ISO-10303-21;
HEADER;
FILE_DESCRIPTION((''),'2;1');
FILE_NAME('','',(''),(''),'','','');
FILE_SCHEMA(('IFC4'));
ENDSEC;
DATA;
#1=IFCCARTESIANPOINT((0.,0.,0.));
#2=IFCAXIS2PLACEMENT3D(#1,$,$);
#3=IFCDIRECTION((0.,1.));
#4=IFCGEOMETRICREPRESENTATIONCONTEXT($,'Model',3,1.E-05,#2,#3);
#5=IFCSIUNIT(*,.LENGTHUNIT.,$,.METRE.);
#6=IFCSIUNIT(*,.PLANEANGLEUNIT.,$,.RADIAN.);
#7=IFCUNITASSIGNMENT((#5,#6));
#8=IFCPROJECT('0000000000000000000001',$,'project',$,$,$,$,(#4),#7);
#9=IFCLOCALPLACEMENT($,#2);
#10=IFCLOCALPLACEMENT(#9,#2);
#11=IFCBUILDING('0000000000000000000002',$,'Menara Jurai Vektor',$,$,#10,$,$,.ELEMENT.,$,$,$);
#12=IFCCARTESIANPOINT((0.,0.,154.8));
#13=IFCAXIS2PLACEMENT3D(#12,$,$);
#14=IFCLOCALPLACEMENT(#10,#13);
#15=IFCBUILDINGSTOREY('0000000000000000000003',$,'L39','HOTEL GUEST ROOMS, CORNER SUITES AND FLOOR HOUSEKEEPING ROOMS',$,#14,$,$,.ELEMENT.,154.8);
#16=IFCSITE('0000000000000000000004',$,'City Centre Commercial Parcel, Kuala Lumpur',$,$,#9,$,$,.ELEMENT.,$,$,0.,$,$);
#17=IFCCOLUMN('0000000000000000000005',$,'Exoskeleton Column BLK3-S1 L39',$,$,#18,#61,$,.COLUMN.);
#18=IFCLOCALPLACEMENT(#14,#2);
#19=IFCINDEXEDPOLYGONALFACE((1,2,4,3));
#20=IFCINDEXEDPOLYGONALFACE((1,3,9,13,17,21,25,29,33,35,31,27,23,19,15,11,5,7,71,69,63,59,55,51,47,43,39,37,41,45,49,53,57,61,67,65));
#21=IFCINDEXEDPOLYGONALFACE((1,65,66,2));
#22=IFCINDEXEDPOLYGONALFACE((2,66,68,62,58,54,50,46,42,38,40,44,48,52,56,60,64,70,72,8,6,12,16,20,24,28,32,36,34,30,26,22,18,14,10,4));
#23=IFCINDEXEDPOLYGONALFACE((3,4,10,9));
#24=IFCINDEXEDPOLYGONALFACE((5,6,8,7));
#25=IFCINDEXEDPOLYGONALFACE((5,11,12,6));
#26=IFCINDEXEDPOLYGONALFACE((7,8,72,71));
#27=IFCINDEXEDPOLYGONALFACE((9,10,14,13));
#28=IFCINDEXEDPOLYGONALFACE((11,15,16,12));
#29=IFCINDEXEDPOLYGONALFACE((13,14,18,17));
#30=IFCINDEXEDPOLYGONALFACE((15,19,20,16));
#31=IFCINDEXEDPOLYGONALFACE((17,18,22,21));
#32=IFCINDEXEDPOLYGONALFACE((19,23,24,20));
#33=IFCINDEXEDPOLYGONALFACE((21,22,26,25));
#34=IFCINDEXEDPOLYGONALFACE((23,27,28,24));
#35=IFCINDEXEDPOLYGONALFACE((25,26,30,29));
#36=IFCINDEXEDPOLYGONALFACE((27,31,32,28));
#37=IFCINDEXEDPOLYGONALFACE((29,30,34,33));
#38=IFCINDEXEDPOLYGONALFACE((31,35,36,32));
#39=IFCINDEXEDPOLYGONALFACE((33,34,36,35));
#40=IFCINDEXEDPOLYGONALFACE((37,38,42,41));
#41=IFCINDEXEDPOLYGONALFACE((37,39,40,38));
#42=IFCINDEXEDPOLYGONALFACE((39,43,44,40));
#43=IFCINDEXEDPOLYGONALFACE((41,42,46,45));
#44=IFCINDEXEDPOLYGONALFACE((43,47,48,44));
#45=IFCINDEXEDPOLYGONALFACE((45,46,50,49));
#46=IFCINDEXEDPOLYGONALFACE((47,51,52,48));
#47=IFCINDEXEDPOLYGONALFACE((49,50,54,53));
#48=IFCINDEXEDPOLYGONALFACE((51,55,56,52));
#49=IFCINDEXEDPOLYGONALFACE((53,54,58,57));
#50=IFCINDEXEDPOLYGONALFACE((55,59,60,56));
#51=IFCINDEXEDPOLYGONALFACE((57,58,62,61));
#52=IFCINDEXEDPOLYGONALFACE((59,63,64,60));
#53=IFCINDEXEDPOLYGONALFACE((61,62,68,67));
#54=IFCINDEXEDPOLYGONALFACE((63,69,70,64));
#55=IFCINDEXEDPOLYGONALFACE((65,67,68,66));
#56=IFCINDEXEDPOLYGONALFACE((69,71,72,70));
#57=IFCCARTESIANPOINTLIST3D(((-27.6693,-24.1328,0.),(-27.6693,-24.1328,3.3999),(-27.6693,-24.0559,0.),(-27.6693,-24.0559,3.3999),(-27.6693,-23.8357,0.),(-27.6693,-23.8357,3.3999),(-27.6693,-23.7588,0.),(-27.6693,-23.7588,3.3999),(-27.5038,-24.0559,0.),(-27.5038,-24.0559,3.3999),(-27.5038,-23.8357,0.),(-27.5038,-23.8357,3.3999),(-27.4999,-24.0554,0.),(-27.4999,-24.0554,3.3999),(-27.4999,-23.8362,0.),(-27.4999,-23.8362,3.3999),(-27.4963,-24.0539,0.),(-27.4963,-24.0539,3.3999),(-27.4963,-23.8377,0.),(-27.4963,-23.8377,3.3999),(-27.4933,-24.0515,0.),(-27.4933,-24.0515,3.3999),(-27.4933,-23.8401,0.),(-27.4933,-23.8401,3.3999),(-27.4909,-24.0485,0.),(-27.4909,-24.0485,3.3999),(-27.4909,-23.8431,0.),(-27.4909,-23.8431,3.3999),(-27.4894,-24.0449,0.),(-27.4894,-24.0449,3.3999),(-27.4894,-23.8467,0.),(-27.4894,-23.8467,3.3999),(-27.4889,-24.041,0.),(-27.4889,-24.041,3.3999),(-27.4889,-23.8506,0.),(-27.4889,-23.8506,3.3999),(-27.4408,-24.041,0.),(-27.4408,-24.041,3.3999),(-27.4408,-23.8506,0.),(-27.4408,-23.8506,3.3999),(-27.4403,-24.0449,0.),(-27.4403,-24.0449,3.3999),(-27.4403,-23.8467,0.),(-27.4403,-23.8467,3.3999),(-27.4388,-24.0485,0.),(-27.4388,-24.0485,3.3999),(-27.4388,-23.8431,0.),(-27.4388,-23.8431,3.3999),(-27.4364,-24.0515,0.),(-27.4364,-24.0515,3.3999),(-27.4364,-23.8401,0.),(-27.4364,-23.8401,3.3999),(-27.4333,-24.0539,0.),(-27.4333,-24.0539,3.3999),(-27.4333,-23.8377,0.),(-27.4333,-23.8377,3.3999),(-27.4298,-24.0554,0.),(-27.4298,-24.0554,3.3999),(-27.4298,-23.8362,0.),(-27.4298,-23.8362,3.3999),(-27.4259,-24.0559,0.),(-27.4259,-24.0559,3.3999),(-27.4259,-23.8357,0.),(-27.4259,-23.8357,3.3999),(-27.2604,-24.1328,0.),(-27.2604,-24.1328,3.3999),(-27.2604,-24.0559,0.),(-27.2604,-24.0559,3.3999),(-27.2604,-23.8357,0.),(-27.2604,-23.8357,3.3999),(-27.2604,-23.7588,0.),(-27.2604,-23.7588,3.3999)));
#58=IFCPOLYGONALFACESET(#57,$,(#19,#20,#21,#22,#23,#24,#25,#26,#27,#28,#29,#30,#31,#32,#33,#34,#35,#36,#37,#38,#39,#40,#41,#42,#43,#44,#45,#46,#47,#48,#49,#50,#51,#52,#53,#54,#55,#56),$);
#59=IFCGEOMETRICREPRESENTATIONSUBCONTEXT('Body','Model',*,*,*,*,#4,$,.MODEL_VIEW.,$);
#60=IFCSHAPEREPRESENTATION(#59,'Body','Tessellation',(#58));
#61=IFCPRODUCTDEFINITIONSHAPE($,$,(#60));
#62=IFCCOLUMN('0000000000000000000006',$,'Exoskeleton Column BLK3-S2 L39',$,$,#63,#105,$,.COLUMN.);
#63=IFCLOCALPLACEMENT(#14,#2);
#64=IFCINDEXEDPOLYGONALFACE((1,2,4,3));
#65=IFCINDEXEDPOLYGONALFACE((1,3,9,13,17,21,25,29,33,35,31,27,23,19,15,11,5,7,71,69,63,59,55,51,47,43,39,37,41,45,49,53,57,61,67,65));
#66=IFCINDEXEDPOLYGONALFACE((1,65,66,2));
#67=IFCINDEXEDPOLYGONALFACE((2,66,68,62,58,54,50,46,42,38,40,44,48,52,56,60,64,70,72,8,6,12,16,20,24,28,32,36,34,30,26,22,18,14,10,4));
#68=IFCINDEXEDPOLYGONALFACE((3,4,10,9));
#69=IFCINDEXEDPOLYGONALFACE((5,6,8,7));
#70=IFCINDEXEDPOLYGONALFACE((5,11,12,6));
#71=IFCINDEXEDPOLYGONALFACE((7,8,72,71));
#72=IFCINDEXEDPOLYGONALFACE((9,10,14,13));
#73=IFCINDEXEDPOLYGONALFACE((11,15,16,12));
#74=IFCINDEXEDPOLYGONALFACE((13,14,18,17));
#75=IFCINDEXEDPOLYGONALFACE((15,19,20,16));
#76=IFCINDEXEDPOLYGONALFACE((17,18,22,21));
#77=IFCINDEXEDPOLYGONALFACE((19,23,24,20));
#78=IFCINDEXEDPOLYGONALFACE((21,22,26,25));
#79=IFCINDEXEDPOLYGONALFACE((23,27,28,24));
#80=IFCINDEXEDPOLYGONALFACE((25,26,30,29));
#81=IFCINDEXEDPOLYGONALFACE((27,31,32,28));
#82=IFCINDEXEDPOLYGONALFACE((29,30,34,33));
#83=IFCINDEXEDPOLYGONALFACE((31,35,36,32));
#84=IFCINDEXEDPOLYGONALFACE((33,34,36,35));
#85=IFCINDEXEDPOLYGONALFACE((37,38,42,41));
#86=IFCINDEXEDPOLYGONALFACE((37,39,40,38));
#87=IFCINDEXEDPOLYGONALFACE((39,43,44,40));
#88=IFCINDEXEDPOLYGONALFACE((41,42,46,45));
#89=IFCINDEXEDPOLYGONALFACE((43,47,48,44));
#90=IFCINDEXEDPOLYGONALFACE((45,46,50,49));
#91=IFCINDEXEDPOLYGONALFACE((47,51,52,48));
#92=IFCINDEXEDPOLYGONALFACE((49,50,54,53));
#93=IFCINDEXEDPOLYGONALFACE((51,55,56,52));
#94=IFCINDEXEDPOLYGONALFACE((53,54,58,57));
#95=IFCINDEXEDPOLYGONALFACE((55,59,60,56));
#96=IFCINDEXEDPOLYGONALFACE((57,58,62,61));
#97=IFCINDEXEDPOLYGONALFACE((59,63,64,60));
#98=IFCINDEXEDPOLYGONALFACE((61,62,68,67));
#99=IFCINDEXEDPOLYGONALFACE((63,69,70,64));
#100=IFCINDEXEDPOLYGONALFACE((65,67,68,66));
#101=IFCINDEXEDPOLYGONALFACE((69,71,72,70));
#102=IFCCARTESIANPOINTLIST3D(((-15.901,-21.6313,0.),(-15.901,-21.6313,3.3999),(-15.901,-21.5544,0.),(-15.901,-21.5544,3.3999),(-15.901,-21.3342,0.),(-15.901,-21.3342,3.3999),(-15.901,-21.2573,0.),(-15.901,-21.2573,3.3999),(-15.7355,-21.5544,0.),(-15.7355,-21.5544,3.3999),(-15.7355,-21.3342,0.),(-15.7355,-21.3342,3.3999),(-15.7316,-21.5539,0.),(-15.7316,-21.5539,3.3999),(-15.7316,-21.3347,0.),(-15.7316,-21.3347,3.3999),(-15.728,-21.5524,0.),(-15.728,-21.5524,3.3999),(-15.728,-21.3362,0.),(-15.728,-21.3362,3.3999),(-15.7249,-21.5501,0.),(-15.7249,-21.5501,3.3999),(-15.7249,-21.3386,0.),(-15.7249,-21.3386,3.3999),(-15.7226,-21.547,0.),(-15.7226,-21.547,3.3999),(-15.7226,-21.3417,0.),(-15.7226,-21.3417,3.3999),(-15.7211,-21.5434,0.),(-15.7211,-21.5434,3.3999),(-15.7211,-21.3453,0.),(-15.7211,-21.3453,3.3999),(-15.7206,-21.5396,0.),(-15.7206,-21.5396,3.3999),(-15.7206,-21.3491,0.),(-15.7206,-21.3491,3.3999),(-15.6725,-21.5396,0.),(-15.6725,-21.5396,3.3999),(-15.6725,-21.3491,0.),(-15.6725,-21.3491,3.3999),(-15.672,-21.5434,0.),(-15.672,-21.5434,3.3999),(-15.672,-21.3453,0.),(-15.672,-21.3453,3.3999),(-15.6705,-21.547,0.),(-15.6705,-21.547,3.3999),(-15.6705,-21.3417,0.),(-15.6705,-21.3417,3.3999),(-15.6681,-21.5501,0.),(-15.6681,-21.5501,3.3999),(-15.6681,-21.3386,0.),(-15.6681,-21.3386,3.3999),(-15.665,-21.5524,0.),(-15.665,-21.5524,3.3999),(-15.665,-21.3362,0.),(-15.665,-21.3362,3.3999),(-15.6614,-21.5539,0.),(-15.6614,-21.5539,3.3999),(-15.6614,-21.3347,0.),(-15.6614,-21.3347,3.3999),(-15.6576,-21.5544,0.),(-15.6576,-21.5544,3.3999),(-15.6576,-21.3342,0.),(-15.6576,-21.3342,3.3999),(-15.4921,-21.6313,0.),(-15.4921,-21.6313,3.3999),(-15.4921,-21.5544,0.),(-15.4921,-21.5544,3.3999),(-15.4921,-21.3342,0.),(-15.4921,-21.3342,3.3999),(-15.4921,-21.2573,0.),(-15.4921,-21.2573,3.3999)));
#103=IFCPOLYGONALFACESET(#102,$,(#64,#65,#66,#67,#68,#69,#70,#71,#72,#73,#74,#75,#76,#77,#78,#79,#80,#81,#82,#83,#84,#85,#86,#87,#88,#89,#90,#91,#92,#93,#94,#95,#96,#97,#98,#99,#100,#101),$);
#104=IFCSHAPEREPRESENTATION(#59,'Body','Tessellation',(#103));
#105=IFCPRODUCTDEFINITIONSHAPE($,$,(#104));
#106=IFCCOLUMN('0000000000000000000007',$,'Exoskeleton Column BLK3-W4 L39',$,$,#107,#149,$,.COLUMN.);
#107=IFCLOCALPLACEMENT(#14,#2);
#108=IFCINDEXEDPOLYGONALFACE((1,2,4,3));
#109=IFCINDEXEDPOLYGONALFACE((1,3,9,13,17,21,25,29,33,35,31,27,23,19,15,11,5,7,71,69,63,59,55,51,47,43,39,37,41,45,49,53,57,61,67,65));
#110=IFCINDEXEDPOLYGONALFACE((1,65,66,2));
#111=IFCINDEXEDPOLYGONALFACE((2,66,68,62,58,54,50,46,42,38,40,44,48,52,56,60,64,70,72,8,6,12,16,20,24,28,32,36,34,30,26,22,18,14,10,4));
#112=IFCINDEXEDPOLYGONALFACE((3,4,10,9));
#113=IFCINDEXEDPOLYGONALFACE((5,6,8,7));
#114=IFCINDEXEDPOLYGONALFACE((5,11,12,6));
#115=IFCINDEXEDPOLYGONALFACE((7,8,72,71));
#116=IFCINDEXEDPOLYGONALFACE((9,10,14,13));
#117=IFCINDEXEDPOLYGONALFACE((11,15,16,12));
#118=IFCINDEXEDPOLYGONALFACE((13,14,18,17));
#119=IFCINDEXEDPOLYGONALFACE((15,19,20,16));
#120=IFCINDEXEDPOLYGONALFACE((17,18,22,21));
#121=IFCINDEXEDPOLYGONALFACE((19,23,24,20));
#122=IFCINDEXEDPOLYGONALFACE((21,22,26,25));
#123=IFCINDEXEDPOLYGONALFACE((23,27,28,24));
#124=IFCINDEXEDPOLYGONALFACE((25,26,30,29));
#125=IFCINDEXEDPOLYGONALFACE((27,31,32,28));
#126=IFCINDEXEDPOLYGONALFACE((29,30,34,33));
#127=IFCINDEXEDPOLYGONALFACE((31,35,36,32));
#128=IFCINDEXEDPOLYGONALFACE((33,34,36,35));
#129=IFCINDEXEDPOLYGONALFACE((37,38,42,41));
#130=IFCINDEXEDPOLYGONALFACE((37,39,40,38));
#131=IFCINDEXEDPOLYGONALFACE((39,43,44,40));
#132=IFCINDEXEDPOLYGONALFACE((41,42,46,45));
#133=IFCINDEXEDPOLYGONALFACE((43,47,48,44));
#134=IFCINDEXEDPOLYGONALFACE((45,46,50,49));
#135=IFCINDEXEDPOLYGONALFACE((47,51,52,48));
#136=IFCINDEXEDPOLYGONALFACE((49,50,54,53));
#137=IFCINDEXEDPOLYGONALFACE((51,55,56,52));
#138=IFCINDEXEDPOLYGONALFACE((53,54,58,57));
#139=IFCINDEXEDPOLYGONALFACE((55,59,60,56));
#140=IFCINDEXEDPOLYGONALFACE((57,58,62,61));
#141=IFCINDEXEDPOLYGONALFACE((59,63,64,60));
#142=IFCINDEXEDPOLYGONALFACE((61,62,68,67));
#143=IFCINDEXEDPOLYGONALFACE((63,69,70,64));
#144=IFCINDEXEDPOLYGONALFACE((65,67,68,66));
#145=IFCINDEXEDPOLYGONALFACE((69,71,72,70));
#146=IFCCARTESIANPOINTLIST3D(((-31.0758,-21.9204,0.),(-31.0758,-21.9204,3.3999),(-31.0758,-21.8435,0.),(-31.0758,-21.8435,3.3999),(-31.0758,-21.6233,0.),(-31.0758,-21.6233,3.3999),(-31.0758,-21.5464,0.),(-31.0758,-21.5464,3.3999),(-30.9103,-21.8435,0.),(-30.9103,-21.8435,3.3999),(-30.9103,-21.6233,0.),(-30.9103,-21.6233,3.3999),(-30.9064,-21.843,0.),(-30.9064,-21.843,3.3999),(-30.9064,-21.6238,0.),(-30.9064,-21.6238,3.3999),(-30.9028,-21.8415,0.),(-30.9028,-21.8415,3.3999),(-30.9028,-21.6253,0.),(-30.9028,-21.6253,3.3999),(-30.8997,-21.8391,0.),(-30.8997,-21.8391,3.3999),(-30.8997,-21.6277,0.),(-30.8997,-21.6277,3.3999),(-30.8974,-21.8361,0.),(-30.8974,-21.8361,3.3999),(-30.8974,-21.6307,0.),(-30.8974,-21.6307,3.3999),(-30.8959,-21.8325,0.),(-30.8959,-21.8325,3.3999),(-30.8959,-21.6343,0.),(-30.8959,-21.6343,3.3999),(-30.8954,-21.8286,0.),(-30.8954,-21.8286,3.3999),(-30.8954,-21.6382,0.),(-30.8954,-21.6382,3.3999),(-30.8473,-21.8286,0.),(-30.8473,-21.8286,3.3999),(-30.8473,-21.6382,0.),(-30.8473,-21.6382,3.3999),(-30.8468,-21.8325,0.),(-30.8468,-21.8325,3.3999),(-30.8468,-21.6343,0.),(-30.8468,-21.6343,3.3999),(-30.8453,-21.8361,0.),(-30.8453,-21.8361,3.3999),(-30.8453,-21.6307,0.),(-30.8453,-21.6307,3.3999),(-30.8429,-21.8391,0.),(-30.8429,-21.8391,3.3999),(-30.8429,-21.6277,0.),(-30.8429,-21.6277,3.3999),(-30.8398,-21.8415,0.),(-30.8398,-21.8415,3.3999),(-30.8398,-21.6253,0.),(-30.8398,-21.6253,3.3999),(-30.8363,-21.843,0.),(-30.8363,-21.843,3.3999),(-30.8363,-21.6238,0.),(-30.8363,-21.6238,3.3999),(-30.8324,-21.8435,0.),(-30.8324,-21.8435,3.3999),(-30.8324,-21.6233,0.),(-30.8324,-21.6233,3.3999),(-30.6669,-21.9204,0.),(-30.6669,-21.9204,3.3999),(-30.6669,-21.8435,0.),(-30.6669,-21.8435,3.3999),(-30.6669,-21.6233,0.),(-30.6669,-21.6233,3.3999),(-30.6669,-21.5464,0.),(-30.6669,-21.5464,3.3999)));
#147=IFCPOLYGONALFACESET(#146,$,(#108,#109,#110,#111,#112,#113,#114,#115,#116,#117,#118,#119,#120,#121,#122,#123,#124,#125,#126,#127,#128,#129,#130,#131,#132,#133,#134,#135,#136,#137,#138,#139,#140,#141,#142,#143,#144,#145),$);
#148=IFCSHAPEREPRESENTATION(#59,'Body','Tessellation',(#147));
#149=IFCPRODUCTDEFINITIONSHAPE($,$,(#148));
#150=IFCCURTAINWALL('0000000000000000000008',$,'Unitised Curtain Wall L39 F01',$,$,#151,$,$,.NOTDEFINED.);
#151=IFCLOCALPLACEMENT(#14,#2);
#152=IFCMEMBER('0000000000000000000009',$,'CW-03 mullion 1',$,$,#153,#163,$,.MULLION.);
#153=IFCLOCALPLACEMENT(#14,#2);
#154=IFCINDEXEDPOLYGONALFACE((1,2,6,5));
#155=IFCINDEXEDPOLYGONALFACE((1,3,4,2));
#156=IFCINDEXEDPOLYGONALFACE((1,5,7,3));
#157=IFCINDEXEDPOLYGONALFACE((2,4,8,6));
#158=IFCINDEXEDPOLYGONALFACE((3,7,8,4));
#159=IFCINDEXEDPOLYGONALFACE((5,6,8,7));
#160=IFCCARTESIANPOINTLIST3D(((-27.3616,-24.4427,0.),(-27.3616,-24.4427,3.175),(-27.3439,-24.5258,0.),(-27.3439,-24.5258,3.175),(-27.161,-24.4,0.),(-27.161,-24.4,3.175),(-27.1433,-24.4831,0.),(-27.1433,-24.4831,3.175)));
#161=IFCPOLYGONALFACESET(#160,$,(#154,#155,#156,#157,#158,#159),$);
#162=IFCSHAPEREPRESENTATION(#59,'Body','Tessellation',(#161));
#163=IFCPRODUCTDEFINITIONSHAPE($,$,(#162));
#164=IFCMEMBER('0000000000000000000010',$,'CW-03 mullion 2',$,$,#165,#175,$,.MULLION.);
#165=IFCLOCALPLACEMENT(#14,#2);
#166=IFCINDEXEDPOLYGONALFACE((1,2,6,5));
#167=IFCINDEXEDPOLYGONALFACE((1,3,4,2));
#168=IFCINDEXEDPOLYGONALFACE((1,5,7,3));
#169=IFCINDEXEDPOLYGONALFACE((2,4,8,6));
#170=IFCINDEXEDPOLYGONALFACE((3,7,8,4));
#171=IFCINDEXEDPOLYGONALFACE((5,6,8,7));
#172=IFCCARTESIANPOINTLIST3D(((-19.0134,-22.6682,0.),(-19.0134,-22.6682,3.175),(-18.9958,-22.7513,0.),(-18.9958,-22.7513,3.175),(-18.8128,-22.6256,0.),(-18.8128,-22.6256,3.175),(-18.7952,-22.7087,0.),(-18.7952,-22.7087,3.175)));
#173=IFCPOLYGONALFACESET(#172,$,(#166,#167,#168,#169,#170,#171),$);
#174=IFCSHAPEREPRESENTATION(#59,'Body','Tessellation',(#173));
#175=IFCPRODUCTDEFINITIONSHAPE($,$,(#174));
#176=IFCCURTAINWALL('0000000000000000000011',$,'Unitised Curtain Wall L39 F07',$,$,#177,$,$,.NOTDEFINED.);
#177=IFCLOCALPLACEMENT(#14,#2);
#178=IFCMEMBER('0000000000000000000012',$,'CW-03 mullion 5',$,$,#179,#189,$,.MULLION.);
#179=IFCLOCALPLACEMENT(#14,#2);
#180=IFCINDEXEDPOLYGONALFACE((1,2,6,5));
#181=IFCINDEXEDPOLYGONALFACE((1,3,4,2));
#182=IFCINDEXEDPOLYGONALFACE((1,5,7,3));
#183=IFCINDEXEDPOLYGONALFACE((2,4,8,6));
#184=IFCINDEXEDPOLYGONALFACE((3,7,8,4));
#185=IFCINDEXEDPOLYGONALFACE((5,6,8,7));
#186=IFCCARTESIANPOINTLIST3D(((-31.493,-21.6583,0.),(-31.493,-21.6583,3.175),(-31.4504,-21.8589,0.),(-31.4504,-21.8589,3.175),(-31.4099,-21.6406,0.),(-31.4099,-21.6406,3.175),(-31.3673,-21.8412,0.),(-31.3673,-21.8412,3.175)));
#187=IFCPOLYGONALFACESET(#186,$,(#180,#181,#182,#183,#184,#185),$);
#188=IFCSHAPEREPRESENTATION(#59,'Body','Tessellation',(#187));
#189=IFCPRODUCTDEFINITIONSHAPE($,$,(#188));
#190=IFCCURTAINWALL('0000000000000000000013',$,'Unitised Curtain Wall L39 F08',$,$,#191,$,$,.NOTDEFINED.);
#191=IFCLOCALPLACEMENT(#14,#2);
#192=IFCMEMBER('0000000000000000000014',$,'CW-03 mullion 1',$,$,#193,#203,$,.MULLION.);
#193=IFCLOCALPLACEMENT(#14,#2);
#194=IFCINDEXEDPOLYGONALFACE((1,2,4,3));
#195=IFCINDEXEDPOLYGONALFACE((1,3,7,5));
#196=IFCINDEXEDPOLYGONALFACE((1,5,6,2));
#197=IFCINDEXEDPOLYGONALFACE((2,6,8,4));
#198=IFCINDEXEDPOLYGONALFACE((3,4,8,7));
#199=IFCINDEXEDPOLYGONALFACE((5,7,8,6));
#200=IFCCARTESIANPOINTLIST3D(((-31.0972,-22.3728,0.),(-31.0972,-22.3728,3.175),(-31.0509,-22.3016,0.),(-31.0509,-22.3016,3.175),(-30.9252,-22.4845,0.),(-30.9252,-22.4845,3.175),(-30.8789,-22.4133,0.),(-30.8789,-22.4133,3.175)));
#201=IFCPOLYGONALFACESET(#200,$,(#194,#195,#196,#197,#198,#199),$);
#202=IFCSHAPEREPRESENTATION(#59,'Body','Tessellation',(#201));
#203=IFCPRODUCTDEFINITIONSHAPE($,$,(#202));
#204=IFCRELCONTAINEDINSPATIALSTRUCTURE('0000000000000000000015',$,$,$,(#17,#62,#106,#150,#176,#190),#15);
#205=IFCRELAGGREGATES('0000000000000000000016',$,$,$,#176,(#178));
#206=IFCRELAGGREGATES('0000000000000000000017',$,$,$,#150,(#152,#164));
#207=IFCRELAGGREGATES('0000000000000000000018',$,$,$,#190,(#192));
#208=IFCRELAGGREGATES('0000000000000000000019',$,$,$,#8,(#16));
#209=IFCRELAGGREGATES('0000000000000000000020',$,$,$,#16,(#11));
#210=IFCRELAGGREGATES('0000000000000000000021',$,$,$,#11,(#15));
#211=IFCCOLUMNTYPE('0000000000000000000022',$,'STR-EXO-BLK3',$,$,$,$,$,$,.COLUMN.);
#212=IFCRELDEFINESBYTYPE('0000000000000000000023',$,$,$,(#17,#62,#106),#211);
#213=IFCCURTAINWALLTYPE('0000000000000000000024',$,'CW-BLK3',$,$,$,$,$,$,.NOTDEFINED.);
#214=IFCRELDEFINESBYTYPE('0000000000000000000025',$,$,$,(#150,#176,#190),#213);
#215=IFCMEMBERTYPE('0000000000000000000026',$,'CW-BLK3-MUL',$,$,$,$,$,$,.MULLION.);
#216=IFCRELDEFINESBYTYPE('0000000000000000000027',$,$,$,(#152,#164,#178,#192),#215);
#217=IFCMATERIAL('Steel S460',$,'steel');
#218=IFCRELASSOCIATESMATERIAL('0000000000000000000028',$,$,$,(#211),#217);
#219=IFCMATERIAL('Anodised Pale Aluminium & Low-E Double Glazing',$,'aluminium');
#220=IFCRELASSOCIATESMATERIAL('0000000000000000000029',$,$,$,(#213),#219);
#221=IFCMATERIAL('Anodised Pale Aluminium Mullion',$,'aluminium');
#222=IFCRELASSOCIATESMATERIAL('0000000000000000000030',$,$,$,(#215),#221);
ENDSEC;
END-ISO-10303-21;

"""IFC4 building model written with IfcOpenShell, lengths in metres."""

from ifc_helpers import new_model, si_unit, direction, frame, origin, origin_2d, place, context, subcontext, project, spatial, rectangle, i_section, extrude, material, material_profile, profile_set, type_object, element, aggregate, save


model = new_model("IFC4")

# Units and contexts
model_context = context("Model", 3, precision=1e-05, world=origin(), true_north=direction((0.0, 1.0)))
body_context = subcontext(model_context, "Body", "Model", "MODEL_VIEW")
ifc_project = project(units=[si_unit("LENGTHUNIT", "METRE"), si_unit("PLANEANGLEUNIT", "RADIAN")], contexts=[model_context])

# Site, building, storey
site_placement = place(None, origin())
site = spatial("IfcSite", under=ifc_project, at=site_placement, Name="City Centre Commercial Parcel, Kuala Lumpur", CompositionType="ELEMENT", RefElevation=0.0)
building_placement = place(site_placement, origin())
building = spatial("IfcBuilding", under=site, at=building_placement, Name="Menara Jurai Vektor", CompositionType="ELEMENT")
storey_placement = place(building_placement, frame((0.0, 0.0, 154.8)))
storey = spatial("IfcBuildingStorey", under=building, at=storey_placement, Name="L39", Description="HOTEL GUEST ROOMS, CORNER SUITES AND FLOOR HOUSEKEEPING ROOMS", CompositionType="ELEMENT", Elevation=154.8)

# Columns
ifc_material_1 = material(Name="Steel S460", Category="steel")
ifc_material_profile_1 = material_profile(ifc_material_1, i_section(OverallWidth=0.4089, OverallDepth=0.374, WebThickness=0.0481, FlangeThickness=0.0769, FilletRadius=0.0149, at=origin_2d()), Name="HD 400x634")
ifc_profile_set_1 = profile_set([ifc_material_profile_1], Name="Steel S460")
column_type = type_object("IfcColumnType", Name="STR-EXO-BLK3", PredefinedType="COLUMN", material=ifc_profile_set_1)
for number, where, z_axis, x_axis, name in (
    (1, (-27.4648, -23.9458, 0.0), (0.0, 0.0, 1.0), (1.0, 0.0, 0.0), "Exoskeleton Column BLK3-S1 L39"),
    (2, (-15.6965, -21.4443, 0.0), (0.0, 0.0, 1.0), (1.0, 0.0, 0.0), "Exoskeleton Column BLK3-S2 L39"),
    (3, (-30.8713, -21.7334, 0.0), (0.0, 0.0, 1.0), (1.0, 0.0, 0.0), "Exoskeleton Column BLK3-W4 L39"),
):
    element("IfcColumn", number, at=place(storey_placement, frame(where, z_axis=z_axis, x_axis=x_axis)), inside=storey, type_object=column_type, Name=name, PredefinedType="COLUMN", context=body_context, shape_type="SweptSolid", body=[
        extrude(i_section(OverallWidth=0.4089, OverallDepth=0.374, WebThickness=0.0481, FlangeThickness=0.0769, FilletRadius=0.0149, at=origin_2d()), origin(), (0.0, 0.0, 1.0), 3.3999),
    ])

# Curtain wall, members
ifc_material_2 = material(Name="Anodised Pale Aluminium & Low-E Double Glazing", Category="aluminium")
curtain_wall_type = type_object("IfcCurtainWallType", Name="CW-BLK3", PredefinedType="NOTDEFINED", material=ifc_material_2)
curtain_wall_1_placement = place(storey_placement, origin())
curtain_wall_1 = element("IfcCurtainWall", 4, at=curtain_wall_1_placement, inside=storey, type_object=curtain_wall_type, Name="Unitised Curtain Wall L39 F01", PredefinedType="NOTDEFINED")
ifc_material_3 = material(Name="Anodised Pale Aluminium Mullion", Category="aluminium")
ifc_material_profile_2 = material_profile(ifc_material_3, rectangle(XDim=0.085, YDim=0.2051, at=origin_2d()), Name="ALU MUL 85x205")
ifc_profile_set_2 = profile_set([ifc_material_profile_2], Name="Anodised Pale Aluminium Mullion")
member_type_1 = type_object("IfcMemberType", Name="CW-BLK3-MUL", PredefinedType="MULLION", material=ifc_profile_set_2)
member_1_placement = place(storey_placement, frame((-27.2524, -24.4629, 0.0), z_axis=(0.0, 0.0, 1.0), x_axis=(-0.207911, 0.978148, 0.0)))
member_1 = element("IfcMember", 5, at=member_1_placement, type_object=member_type_1, Name="CW-03 mullion 1", PredefinedType="MULLION", context=body_context, shape_type="SweptSolid", body=[
    extrude(rectangle(XDim=0.085, YDim=0.2051, at=origin_2d()), origin(), (0.0, 0.0, 1.0), 3.175),
])
member_2_placement = place(storey_placement, frame((-18.9043, -22.6885, 0.0), z_axis=(0.0, 0.0, 1.0), x_axis=(-0.207911, 0.978148, 0.0)))
member_2 = element("IfcMember", 6, at=member_2_placement, type_object=member_type_1, Name="CW-03 mullion 2", PredefinedType="MULLION", context=body_context, shape_type="SweptSolid", body=[
    extrude(rectangle(XDim=0.085, YDim=0.2051, at=origin_2d()), origin(), (0.0, 0.0, 1.0), 3.175),
])

# Curtain wall, member
curtain_wall_2_placement = place(storey_placement, origin())
curtain_wall_2 = element("IfcCurtainWall", 7, at=curtain_wall_2_placement, inside=storey, type_object=curtain_wall_type, Name="Unitised Curtain Wall L39 F07", PredefinedType="NOTDEFINED")
member_3_placement = place(storey_placement, frame((-31.4302, -21.7498, 0.0), z_axis=(0.0, 0.0, 1.0), x_axis=(0.978148, 0.20791, 0.0)))
member_3 = element("IfcMember", 8, at=member_3_placement, type_object=member_type_1, Name="CW-03 mullion 5", PredefinedType="MULLION", context=body_context, shape_type="SweptSolid", body=[
    extrude(rectangle(XDim=0.085, YDim=0.2051, at=origin_2d()), origin(), (0.0, 0.0, 1.0), 3.175),
])
aggregate(curtain_wall_2, [member_3])

# Curtain wall, member
curtain_wall_3_placement = place(storey_placement, origin())
curtain_wall_3 = element("IfcCurtainWall", 9, at=curtain_wall_3_placement, inside=storey, type_object=curtain_wall_type, Name="Unitised Curtain Wall L39 F08", PredefinedType="NOTDEFINED")
member_4_placement = place(storey_placement, frame((-30.988, -22.3931, 0.0), z_axis=(0.0, 0.0, 1.0), x_axis=(0.544618, 0.838684, 0.0)))
member_4 = element("IfcMember", 10, at=member_4_placement, type_object=member_type_1, Name="CW-03 mullion 1", PredefinedType="MULLION", context=body_context, shape_type="SweptSolid", body=[
    extrude(rectangle(XDim=0.085, YDim=0.2051, at=origin_2d()), origin(), (0.0, 0.0, 1.0), 3.175),
])

aggregate(curtain_wall_1, [member_1, member_2])
aggregate(curtain_wall_3, [member_4])

save(model, "model.ifc")
